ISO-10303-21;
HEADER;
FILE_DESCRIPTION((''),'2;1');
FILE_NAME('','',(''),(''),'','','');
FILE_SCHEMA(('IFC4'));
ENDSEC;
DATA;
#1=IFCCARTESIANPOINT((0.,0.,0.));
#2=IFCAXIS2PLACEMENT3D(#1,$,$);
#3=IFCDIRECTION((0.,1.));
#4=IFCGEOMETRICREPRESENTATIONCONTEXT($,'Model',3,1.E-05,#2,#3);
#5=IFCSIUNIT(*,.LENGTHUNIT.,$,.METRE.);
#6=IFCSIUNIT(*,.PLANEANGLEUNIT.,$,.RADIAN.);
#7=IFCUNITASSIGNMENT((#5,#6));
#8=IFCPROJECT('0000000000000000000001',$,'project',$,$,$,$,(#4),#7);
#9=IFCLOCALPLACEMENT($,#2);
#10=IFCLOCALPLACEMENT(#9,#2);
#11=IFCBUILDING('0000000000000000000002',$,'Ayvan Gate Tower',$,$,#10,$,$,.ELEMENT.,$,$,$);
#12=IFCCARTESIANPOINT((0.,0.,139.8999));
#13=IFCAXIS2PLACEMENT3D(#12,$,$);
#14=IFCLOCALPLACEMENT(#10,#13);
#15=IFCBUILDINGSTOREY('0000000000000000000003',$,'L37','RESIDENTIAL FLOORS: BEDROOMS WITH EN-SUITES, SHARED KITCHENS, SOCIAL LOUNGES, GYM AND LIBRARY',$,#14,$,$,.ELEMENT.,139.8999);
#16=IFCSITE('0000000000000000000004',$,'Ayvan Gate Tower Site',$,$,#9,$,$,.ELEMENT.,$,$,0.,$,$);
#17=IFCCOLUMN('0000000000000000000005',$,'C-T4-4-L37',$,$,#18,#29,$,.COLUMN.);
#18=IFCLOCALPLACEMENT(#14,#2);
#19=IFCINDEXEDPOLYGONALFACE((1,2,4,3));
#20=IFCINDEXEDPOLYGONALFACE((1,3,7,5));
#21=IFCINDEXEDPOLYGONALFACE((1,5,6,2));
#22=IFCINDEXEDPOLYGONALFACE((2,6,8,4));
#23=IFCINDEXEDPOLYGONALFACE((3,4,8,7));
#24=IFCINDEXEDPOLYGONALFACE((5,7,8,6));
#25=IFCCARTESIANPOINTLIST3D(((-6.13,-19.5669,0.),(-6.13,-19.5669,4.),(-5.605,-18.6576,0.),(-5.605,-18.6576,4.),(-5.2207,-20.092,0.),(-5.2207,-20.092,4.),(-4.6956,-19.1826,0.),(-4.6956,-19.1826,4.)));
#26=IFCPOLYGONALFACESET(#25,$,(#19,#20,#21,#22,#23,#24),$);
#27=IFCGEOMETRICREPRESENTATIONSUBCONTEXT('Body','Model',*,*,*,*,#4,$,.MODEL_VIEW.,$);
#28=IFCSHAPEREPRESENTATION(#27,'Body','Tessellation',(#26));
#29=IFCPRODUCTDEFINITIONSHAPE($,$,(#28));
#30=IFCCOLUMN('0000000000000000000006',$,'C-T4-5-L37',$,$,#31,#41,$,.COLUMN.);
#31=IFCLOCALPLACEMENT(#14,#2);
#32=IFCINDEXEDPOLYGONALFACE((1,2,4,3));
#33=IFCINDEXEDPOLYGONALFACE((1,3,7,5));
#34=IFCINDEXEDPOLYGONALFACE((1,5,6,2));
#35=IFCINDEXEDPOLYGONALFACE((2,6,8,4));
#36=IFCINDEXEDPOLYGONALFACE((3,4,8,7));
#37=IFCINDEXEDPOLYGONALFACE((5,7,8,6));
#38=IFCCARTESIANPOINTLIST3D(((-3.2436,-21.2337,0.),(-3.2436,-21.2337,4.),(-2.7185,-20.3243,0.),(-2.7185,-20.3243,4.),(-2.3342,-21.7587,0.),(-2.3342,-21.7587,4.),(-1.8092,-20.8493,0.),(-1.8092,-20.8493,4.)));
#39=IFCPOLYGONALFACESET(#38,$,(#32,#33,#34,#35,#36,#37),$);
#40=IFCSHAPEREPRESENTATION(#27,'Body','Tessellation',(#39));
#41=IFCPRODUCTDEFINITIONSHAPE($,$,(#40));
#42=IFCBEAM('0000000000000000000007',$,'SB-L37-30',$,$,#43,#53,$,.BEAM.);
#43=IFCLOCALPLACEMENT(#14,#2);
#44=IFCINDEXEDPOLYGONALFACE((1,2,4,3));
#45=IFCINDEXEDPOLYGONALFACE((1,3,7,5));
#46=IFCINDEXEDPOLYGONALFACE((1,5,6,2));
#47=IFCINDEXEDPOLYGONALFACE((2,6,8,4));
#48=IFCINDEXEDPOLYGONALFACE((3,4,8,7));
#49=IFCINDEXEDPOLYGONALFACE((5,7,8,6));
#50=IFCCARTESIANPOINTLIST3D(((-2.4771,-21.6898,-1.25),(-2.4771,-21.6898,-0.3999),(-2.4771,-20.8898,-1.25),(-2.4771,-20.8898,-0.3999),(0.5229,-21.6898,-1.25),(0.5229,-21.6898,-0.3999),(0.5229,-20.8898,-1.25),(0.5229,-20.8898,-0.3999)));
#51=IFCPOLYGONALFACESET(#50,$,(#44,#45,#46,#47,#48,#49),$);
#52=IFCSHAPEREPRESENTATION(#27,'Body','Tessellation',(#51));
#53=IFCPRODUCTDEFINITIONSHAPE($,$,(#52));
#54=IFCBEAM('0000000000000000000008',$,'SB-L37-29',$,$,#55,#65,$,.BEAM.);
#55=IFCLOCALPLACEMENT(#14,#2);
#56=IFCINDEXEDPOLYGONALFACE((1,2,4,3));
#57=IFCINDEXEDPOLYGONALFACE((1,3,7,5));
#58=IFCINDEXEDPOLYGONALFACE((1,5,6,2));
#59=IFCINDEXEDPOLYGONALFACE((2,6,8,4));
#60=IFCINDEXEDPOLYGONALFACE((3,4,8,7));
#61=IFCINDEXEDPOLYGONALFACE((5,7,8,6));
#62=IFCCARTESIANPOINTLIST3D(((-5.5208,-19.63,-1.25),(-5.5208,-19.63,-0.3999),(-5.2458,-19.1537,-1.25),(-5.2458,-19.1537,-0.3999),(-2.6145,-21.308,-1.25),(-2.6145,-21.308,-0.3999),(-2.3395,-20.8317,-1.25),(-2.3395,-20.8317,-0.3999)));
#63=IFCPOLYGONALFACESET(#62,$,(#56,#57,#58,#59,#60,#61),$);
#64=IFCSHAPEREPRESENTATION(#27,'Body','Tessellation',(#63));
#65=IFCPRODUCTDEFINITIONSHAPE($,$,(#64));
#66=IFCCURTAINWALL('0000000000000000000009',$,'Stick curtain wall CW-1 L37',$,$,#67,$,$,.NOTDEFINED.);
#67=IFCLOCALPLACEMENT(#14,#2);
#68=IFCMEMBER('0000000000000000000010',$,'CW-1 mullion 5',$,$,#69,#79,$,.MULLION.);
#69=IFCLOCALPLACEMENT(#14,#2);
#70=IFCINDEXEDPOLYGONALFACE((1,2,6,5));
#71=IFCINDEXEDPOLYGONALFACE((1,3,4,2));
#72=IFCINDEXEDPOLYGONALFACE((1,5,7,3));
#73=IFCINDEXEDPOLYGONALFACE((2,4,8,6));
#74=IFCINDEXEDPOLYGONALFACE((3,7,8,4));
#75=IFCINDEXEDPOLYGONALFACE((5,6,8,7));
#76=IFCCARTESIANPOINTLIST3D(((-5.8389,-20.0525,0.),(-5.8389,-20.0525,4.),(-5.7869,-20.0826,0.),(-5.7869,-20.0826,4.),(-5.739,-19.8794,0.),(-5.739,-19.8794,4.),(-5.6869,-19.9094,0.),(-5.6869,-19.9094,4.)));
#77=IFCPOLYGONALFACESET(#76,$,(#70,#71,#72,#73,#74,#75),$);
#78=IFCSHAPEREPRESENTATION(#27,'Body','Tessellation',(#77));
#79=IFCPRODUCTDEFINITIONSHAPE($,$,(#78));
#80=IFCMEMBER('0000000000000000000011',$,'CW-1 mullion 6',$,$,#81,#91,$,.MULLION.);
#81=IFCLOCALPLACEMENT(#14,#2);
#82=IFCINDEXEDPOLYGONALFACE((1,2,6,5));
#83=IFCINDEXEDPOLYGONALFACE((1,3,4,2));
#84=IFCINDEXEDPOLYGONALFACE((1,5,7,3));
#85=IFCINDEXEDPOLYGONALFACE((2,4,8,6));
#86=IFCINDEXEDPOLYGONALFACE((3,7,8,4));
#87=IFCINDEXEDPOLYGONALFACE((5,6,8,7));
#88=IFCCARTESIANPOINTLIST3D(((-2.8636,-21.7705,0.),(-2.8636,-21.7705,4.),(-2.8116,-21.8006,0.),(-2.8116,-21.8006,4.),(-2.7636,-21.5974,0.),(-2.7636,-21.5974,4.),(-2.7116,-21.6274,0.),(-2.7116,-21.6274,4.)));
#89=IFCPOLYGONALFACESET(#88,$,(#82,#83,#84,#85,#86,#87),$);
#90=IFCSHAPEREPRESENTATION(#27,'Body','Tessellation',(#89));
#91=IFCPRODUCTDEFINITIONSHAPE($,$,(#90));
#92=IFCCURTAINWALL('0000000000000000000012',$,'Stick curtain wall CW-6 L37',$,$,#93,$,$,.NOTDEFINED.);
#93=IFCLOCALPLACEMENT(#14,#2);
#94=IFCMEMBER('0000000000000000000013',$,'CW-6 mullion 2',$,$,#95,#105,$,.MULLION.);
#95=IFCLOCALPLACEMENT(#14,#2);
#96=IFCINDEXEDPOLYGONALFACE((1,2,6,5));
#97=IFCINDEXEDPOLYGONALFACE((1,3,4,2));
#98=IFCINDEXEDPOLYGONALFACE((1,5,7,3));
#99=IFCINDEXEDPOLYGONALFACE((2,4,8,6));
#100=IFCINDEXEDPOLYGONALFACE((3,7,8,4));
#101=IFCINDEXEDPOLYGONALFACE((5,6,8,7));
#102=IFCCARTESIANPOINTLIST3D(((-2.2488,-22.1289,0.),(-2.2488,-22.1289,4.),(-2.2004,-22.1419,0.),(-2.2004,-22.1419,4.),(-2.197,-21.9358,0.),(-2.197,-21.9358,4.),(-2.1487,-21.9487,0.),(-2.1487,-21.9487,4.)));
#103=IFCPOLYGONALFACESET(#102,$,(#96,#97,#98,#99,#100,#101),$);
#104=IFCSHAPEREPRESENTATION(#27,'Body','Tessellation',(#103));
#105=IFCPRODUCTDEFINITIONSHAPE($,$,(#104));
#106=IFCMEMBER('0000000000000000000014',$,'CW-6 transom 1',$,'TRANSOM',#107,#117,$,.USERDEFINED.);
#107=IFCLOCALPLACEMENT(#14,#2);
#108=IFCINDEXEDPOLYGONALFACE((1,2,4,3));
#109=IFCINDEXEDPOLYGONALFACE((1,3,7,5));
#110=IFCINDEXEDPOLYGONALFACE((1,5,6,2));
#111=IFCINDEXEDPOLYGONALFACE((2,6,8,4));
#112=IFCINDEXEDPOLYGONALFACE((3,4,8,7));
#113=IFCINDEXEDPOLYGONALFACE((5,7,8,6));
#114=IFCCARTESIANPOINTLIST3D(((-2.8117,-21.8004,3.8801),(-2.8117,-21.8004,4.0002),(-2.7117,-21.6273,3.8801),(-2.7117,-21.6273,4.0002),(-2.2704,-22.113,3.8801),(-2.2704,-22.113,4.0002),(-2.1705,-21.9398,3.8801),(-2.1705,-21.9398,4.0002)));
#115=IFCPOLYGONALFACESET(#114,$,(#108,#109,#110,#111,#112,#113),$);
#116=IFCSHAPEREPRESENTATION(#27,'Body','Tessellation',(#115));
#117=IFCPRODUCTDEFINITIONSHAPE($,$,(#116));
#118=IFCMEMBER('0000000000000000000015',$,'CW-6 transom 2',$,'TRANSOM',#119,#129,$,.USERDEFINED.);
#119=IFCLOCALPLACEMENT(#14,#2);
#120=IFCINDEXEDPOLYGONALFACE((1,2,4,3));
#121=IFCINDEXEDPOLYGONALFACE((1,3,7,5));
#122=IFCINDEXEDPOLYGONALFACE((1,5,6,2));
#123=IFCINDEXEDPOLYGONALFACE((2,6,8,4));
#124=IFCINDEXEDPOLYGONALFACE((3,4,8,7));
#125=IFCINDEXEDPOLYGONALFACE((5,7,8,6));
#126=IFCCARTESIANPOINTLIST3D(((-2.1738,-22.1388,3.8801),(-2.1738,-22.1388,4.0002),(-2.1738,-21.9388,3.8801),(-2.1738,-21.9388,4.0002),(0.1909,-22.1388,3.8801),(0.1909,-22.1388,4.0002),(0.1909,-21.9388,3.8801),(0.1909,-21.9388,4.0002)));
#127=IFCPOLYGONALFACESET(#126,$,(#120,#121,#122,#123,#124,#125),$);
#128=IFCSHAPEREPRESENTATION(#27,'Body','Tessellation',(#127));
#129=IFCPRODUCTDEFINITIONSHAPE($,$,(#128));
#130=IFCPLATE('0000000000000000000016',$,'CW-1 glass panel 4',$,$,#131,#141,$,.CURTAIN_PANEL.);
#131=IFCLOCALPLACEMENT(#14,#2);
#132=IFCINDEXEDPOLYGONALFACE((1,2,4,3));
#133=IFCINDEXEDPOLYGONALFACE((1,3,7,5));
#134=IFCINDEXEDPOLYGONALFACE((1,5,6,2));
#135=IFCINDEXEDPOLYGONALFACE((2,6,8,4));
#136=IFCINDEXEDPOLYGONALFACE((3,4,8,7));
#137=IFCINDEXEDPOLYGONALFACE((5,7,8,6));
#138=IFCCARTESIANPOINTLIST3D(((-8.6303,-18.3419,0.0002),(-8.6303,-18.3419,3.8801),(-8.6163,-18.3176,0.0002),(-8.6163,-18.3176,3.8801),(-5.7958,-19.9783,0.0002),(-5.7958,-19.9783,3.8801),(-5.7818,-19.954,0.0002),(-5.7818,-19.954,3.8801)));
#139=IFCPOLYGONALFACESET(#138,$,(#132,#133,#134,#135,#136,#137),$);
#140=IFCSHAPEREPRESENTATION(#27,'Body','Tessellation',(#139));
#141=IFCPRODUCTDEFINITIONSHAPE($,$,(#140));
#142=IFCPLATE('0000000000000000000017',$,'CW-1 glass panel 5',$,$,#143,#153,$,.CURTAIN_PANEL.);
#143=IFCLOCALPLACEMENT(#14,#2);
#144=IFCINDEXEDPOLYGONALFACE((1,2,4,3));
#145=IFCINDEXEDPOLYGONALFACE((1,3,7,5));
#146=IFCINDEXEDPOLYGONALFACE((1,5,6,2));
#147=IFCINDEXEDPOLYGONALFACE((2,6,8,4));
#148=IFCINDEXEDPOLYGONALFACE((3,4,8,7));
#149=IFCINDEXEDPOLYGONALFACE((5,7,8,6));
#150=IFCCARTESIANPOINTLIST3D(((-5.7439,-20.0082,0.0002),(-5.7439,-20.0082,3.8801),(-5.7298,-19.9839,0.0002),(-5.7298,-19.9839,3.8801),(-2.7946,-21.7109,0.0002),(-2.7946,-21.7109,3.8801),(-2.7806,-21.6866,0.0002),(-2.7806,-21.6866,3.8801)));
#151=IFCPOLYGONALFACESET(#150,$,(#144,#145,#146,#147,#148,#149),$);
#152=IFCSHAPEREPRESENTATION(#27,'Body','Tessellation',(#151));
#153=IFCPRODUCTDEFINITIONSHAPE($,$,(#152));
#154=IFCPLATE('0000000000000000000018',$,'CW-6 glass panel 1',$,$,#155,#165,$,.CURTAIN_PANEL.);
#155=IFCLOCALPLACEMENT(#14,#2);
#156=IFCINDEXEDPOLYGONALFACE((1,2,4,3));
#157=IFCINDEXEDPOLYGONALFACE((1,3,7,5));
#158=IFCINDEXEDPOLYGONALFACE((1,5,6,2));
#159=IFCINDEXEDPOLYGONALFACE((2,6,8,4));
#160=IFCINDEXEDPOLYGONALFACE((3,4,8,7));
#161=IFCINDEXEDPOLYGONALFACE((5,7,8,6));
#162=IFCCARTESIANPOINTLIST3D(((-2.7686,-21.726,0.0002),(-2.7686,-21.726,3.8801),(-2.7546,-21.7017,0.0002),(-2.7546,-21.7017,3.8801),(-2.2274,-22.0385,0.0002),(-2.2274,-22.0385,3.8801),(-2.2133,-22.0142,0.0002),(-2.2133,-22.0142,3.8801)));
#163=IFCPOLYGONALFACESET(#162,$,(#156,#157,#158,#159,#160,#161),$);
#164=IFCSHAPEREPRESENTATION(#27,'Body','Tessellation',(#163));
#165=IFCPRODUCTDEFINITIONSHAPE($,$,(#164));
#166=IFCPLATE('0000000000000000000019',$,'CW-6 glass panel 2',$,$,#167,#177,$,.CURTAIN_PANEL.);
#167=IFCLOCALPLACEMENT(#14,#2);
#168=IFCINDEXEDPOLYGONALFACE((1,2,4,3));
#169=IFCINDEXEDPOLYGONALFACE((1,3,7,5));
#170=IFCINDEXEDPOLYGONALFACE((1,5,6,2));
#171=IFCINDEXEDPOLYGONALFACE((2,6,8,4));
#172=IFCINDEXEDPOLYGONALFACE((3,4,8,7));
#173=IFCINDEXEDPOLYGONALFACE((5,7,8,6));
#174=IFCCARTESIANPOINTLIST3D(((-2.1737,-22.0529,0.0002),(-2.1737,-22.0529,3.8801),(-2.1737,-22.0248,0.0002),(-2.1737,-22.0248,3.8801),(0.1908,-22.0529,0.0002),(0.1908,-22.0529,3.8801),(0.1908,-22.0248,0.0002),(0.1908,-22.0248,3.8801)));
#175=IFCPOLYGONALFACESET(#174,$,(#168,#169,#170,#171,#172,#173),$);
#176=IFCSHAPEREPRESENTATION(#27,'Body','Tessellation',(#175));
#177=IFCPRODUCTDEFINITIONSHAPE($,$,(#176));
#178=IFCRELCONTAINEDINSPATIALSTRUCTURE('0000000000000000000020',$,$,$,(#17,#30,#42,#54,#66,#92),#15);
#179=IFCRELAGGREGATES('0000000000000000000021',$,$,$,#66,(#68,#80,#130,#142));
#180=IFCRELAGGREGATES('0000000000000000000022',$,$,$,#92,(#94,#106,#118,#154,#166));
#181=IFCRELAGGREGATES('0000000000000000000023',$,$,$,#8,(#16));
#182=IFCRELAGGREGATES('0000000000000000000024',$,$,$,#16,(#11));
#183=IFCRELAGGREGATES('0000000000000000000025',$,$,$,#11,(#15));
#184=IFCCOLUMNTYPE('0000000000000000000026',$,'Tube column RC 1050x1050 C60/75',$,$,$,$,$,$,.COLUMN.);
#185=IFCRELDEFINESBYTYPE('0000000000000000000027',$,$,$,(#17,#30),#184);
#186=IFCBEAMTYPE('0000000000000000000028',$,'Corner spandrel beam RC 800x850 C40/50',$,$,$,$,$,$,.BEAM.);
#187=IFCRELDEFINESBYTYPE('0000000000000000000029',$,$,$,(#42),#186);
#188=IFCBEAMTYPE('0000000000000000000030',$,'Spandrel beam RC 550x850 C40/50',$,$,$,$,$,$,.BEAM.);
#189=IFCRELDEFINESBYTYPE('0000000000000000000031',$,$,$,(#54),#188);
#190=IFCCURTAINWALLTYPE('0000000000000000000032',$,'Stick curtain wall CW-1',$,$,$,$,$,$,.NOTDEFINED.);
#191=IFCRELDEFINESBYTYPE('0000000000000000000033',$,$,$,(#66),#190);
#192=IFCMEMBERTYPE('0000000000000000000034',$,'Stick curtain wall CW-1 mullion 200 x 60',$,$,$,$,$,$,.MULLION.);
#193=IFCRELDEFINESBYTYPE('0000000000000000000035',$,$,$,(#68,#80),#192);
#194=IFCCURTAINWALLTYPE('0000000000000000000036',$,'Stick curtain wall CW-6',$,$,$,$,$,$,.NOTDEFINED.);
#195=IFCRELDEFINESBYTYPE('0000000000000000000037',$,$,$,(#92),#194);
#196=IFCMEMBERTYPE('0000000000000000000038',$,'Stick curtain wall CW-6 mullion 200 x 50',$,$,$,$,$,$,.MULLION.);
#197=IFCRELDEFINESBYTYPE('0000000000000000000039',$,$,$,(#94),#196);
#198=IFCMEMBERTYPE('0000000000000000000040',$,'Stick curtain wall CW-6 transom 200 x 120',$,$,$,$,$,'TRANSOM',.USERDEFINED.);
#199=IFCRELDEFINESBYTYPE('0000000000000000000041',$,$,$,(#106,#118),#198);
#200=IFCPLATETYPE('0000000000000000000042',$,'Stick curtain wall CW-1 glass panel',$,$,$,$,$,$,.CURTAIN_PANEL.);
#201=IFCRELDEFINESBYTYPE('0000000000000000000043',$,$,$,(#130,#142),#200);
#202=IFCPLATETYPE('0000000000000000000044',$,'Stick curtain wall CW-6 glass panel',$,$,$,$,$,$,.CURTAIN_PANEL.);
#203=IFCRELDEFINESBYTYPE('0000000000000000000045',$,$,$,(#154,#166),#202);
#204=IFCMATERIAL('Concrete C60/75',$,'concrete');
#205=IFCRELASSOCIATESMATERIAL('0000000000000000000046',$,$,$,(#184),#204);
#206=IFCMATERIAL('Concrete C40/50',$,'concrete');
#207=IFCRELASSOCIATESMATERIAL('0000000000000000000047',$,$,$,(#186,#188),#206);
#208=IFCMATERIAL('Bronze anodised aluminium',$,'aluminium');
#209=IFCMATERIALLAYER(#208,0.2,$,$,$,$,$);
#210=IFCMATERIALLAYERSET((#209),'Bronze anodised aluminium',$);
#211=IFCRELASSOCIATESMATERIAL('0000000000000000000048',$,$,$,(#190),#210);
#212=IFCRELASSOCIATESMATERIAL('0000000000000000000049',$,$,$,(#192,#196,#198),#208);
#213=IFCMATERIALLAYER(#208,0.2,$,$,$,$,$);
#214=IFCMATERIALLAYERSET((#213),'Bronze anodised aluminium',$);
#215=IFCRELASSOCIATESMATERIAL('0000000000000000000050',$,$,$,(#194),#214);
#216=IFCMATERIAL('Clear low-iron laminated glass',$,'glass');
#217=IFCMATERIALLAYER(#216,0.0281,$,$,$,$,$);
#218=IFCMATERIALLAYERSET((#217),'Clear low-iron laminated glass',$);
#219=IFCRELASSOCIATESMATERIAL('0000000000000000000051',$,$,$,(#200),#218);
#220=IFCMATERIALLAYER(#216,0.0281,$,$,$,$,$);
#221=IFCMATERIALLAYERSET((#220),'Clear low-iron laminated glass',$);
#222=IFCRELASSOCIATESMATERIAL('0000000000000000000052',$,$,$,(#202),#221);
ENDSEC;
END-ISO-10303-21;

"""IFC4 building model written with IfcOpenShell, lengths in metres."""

from ifc_helpers import new_model, si_unit, direction, frame, origin, origin_2d, place, context, subcontext, project, spatial, rectangle, extrude, material, layer, layer_set, material_profile, profile_set, type_object, element, aggregate, save


model = new_model("IFC4")

# Units and contexts
model_context = context("Model", 3, precision=1e-05, world=origin(), true_north=direction((0.0, 1.0)))
body_context = subcontext(model_context, "Body", "Model", "MODEL_VIEW")
ifc_project = project(units=[si_unit("LENGTHUNIT", "METRE"), si_unit("PLANEANGLEUNIT", "RADIAN")], contexts=[model_context])

# Site, building, storey
site_placement = place(None, origin())
site = spatial("IfcSite", under=ifc_project, at=site_placement, Name="Ayvan Gate Tower Site", CompositionType="ELEMENT", RefElevation=0.0)
building_placement = place(site_placement, origin())
building = spatial("IfcBuilding", under=site, at=building_placement, Name="Ayvan Gate Tower", CompositionType="ELEMENT")
storey_placement = place(building_placement, frame((0.0, 0.0, 139.8999)))
storey = spatial("IfcBuildingStorey", under=building, at=storey_placement, Name="L37", Description="RESIDENTIAL FLOORS: BEDROOMS WITH EN-SUITES, SHARED KITCHENS, SOCIAL LOUNGES, GYM AND LIBRARY", CompositionType="ELEMENT", Elevation=139.8999)

# Columns
ifc_material_1 = material(Name="Concrete C60/75", Category="concrete")
ifc_material_profile_1 = material_profile(ifc_material_1, rectangle(XDim=1.05, YDim=1.05, at=origin_2d()), Name="RC 1050x1050")
ifc_profile_set_1 = profile_set([ifc_material_profile_1], Name="Concrete C60/75")
column_type = type_object("IfcColumnType", Name="Tube column RC 1050x1050 C60/75", PredefinedType="COLUMN", material=ifc_profile_set_1)
for number, where, z_axis, x_axis, name in (
    (1, (-5.4128, -19.3748, 0.0), (0.0, 0.0, 1.0), (-0.5, -0.866025, 0.0), "C-T4-4-L37"),
    (2, (-2.5264, -21.0415, 0.0), (0.0, 0.0, 1.0), (-0.5, -0.866025, 0.0), "C-T4-5-L37"),
):
    element("IfcColumn", number, at=place(storey_placement, frame(where, z_axis=z_axis, x_axis=x_axis)), inside=storey, type_object=column_type, Name=name, PredefinedType="COLUMN", context=body_context, shape_type="SweptSolid", body=[
        extrude(rectangle(XDim=1.05, YDim=1.05, at=origin_2d()), origin(), (0.0, 0.0, 1.0), 4.0),
    ])

# Beams
ifc_material_2 = material(Name="Concrete C40/50", Category="concrete")
ifc_material_profile_2 = material_profile(ifc_material_2, rectangle(XDim=0.8, YDim=0.8501, at=origin_2d()), Name="RC 800x850")
ifc_profile_set_2 = profile_set([ifc_material_profile_2], Name="Concrete C40/50")
beam_type_1 = type_object("IfcBeamType", Name="Corner spandrel beam RC 800x850 C40/50", PredefinedType="BEAM", material=ifc_profile_set_2)
beam_1_placement = place(storey_placement, frame((-2.4771, -21.2898, -0.825), z_axis=(1.0, 0.0, 0.0), x_axis=(0.0, 1.0, 0.0)))
element("IfcBeam", 3, at=beam_1_placement, inside=storey, type_object=beam_type_1, Name="SB-L37-30", PredefinedType="BEAM", context=body_context, shape_type="SweptSolid", body=[
    extrude(rectangle(XDim=0.8, YDim=0.8501, at=origin_2d()), origin(), (0.0, 0.0, 1.0), 3.0),
])
ifc_material_profile_3 = material_profile(ifc_material_2, rectangle(XDim=0.55, YDim=0.8501, at=origin_2d()), Name="RC 550x850")
ifc_profile_set_3 = profile_set([ifc_material_profile_3], Name="Concrete C40/50")
beam_type_2 = type_object("IfcBeamType", Name="Spandrel beam RC 550x850 C40/50", PredefinedType="BEAM", material=ifc_profile_set_3)
beam_2_placement = place(storey_placement, frame((-5.3833, -19.3918, -0.825), z_axis=(0.866018, -0.500012, 0.0), x_axis=(0.500012, 0.866018, 0.0)))
element("IfcBeam", 4, at=beam_2_placement, inside=storey, type_object=beam_type_2, Name="SB-L37-29", PredefinedType="BEAM", context=body_context, shape_type="SweptSolid", body=[
    extrude(rectangle(XDim=0.55, YDim=0.8501, at=origin_2d()), origin(), (0.0, 0.0, 1.0), 3.356),
])

# Curtain walls, members
ifc_material_3 = material(Name="Bronze anodised aluminium", Category="aluminium")
ifc_layer_1 = layer(ifc_material_3, 0.2)
ifc_layer_set_1 = layer_set([ifc_layer_1], Name="Bronze anodised aluminium")
curtain_wall_type_1 = type_object("IfcCurtainWallType", Name="Stick curtain wall CW-1", PredefinedType="NOTDEFINED", material=ifc_layer_set_1)
curtain_wall_1_placement = place(storey_placement, origin())
curtain_wall_1 = element("IfcCurtainWall", 5, at=curtain_wall_1_placement, inside=storey, type_object=curtain_wall_type_1, Name="Stick curtain wall CW-1 L37", PredefinedType="NOTDEFINED")
ifc_material_profile_4 = material_profile(ifc_material_3, rectangle(XDim=0.2, YDim=0.0601, at=origin_2d()), Name="Stick curtain wall CW-1 mullion 200 x 60")
ifc_profile_set_4 = profile_set([ifc_material_profile_4], Name="Bronze anodised aluminium")
member_type_1 = type_object("IfcMemberType", Name="Stick curtain wall CW-1 mullion 200 x 60", PredefinedType="MULLION", material=ifc_profile_set_4)
member_1_placement = place(storey_placement, frame((-5.7629, -19.981, 0.0), z_axis=(0.0, 0.0, 1.0), x_axis=(-0.5, -0.866025, 0.0)))
member_1 = element("IfcMember", 6, at=member_1_placement, type_object=member_type_1, Name="CW-1 mullion 5", PredefinedType="MULLION", context=body_context, shape_type="SweptSolid", body=[
    extrude(rectangle(XDim=0.2, YDim=0.0601, at=origin_2d()), origin(), (0.0, 0.0, 1.0), 4.0),
])
member_2_placement = place(storey_placement, frame((-2.7876, -21.699, 0.0), z_axis=(0.0, 0.0, 1.0), x_axis=(-0.5, -0.866025, 0.0)))
member_2 = element("IfcMember", 7, at=member_2_placement, type_object=member_type_1, Name="CW-1 mullion 6", PredefinedType="MULLION", context=body_context, shape_type="SweptSolid", body=[
    extrude(rectangle(XDim=0.2, YDim=0.0601, at=origin_2d()), origin(), (0.0, 0.0, 1.0), 4.0),
])
ifc_layer_2 = layer(ifc_material_3, 0.2)
ifc_layer_set_2 = layer_set([ifc_layer_2], Name="Bronze anodised aluminium")
curtain_wall_type_2 = type_object("IfcCurtainWallType", Name="Stick curtain wall CW-6", PredefinedType="NOTDEFINED", material=ifc_layer_set_2)
curtain_wall_2_placement = place(storey_placement, origin())
curtain_wall_2 = element("IfcCurtainWall", 8, at=curtain_wall_2_placement, inside=storey, type_object=curtain_wall_type_2, Name="Stick curtain wall CW-6 L37", PredefinedType="NOTDEFINED")
ifc_material_profile_5 = material_profile(ifc_material_3, rectangle(XDim=0.2, YDim=0.05, at=origin_2d()), Name="Stick curtain wall CW-6 mullion 200 x 50")
ifc_profile_set_5 = profile_set([ifc_material_profile_5], Name="Bronze anodised aluminium")
member_type_2 = type_object("IfcMemberType", Name="Stick curtain wall CW-6 mullion 200 x 50", PredefinedType="MULLION", material=ifc_profile_set_5)
member_3_placement = place(storey_placement, frame((-2.1987, -22.0388, 0.0), z_axis=(0.0, 0.0, 1.0), x_axis=(-0.258819, -0.965926, 0.0)))
member_3 = element("IfcMember", 9, at=member_3_placement, type_object=member_type_2, Name="CW-6 mullion 2", PredefinedType="MULLION", context=body_context, shape_type="SweptSolid", body=[
    extrude(rectangle(XDim=0.2, YDim=0.05, at=origin_2d()), origin(), (0.0, 0.0, 1.0), 4.0),
])
ifc_material_profile_6 = material_profile(ifc_material_3, rectangle(XDim=0.2, YDim=0.1201, at=origin_2d()), Name="Stick curtain wall CW-6 transom 200 x 120")
ifc_profile_set_6 = profile_set([ifc_material_profile_6], Name="Bronze anodised aluminium")
member_type_3 = type_object("IfcMemberType", Name="Stick curtain wall CW-6 transom 200 x 120", ElementType="TRANSOM", PredefinedType="USERDEFINED", material=ifc_profile_set_6)
member_4_placement = place(storey_placement, frame((-2.7617, -21.7139, 3.9402), z_axis=(0.866023, -0.500004, 0.0), x_axis=(0.500004, 0.866023, 0.0)))
member_4 = element("IfcMember", 10, at=member_4_placement, type_object=member_type_3, Name="CW-6 transom 1", ObjectType="TRANSOM", PredefinedType="USERDEFINED", context=body_context, shape_type="SweptSolid", body=[
    extrude(rectangle(XDim=0.2, YDim=0.1201, at=origin_2d()), origin(), (0.0, 0.0, 1.0), 0.625),
])
member_5_placement = place(storey_placement, frame((-2.1738, -22.0388, 3.9402), z_axis=(1.0, 0.0, 0.0), x_axis=(0.0, 1.0, 0.0)))
member_5 = element("IfcMember", 11, at=member_5_placement, type_object=member_type_3, Name="CW-6 transom 2", ObjectType="TRANSOM", PredefinedType="USERDEFINED", context=body_context, shape_type="SweptSolid", body=[
    extrude(rectangle(XDim=0.2, YDim=0.1201, at=origin_2d()), origin(), (0.0, 0.0, 1.0), 2.3647),
])

# Plates
ifc_material_4 = material(Name="Clear low-iron laminated glass", Category="glass")
ifc_layer_3 = layer(ifc_material_4, 0.0281)
ifc_layer_set_3 = layer_set([ifc_layer_3], Name="Clear low-iron laminated glass")
plate_type_1 = type_object("IfcPlateType", Name="Stick curtain wall CW-1 glass panel", PredefinedType="CURTAIN_PANEL", material=ifc_layer_set_3)
plate_1_placement = place(storey_placement, frame((-7.2061, -19.1479, 0.0002), z_axis=(0.0, 0.0, 1.0), x_axis=(0.866025, -0.5, 0.0)))
plate_1 = element("IfcPlate", 12, at=plate_1_placement, type_object=plate_type_1, Name="CW-1 glass panel 4", PredefinedType="CURTAIN_PANEL", context=body_context, shape_type="SweptSolid", body=[
    extrude(rectangle(XDim=3.2729, YDim=0.0281, at=origin_2d()), origin(), (0.0, 0.0, 1.0), 3.8799),
])
plate_2_placement = place(storey_placement, frame((-4.2622, -20.8474, 0.0002), z_axis=(0.0, 0.0, 1.0), x_axis=(0.866025, -0.5, 0.0)))
plate_2 = element("IfcPlate", 13, at=plate_2_placement, type_object=plate_type_1, Name="CW-1 glass panel 5", PredefinedType="CURTAIN_PANEL", context=body_context, shape_type="SweptSolid", body=[
    extrude(rectangle(XDim=3.4055, YDim=0.0281, at=origin_2d()), origin(), (0.0, 0.0, 1.0), 3.8799),
])
aggregate(curtain_wall_1, [member_1, member_2, plate_1, plate_2])
ifc_layer_4 = layer(ifc_material_4, 0.0281)
ifc_layer_set_4 = layer_set([ifc_layer_4], Name="Clear low-iron laminated glass")
plate_type_2 = type_object("IfcPlateType", Name="Stick curtain wall CW-6 glass panel", PredefinedType="CURTAIN_PANEL", material=ifc_layer_set_4)
plate_3_placement = place(storey_placement, frame((-2.491, -21.8701, 0.0002), z_axis=(0.0, 0.0, 1.0), x_axis=(0.866025, -0.5, 0.0)))
plate_3 = element("IfcPlate", 14, at=plate_3_placement, type_object=plate_type_2, Name="CW-6 glass panel 1", PredefinedType="CURTAIN_PANEL", context=body_context, shape_type="SweptSolid", body=[
    extrude(rectangle(XDim=0.625, YDim=0.0281, at=origin_2d()), origin(), (0.0, 0.0, 1.0), 3.8799),
])
plate_4_placement = place(storey_placement, frame((-0.9915, -22.0388, 0.0002), z_axis=(0.0, 0.0, 1.0), x_axis=(1.0, 0.0, 0.0)))
plate_4 = element("IfcPlate", 15, at=plate_4_placement, type_object=plate_type_2, Name="CW-6 glass panel 2", PredefinedType="CURTAIN_PANEL", context=body_context, shape_type="SweptSolid", body=[
    extrude(rectangle(XDim=2.3645, YDim=0.0281, at=origin_2d()), origin(), (0.0, 0.0, 1.0), 3.8799),
])
aggregate(curtain_wall_2, [member_3, member_4, member_5, plate_3, plate_4])

save(model, "model.ifc")
